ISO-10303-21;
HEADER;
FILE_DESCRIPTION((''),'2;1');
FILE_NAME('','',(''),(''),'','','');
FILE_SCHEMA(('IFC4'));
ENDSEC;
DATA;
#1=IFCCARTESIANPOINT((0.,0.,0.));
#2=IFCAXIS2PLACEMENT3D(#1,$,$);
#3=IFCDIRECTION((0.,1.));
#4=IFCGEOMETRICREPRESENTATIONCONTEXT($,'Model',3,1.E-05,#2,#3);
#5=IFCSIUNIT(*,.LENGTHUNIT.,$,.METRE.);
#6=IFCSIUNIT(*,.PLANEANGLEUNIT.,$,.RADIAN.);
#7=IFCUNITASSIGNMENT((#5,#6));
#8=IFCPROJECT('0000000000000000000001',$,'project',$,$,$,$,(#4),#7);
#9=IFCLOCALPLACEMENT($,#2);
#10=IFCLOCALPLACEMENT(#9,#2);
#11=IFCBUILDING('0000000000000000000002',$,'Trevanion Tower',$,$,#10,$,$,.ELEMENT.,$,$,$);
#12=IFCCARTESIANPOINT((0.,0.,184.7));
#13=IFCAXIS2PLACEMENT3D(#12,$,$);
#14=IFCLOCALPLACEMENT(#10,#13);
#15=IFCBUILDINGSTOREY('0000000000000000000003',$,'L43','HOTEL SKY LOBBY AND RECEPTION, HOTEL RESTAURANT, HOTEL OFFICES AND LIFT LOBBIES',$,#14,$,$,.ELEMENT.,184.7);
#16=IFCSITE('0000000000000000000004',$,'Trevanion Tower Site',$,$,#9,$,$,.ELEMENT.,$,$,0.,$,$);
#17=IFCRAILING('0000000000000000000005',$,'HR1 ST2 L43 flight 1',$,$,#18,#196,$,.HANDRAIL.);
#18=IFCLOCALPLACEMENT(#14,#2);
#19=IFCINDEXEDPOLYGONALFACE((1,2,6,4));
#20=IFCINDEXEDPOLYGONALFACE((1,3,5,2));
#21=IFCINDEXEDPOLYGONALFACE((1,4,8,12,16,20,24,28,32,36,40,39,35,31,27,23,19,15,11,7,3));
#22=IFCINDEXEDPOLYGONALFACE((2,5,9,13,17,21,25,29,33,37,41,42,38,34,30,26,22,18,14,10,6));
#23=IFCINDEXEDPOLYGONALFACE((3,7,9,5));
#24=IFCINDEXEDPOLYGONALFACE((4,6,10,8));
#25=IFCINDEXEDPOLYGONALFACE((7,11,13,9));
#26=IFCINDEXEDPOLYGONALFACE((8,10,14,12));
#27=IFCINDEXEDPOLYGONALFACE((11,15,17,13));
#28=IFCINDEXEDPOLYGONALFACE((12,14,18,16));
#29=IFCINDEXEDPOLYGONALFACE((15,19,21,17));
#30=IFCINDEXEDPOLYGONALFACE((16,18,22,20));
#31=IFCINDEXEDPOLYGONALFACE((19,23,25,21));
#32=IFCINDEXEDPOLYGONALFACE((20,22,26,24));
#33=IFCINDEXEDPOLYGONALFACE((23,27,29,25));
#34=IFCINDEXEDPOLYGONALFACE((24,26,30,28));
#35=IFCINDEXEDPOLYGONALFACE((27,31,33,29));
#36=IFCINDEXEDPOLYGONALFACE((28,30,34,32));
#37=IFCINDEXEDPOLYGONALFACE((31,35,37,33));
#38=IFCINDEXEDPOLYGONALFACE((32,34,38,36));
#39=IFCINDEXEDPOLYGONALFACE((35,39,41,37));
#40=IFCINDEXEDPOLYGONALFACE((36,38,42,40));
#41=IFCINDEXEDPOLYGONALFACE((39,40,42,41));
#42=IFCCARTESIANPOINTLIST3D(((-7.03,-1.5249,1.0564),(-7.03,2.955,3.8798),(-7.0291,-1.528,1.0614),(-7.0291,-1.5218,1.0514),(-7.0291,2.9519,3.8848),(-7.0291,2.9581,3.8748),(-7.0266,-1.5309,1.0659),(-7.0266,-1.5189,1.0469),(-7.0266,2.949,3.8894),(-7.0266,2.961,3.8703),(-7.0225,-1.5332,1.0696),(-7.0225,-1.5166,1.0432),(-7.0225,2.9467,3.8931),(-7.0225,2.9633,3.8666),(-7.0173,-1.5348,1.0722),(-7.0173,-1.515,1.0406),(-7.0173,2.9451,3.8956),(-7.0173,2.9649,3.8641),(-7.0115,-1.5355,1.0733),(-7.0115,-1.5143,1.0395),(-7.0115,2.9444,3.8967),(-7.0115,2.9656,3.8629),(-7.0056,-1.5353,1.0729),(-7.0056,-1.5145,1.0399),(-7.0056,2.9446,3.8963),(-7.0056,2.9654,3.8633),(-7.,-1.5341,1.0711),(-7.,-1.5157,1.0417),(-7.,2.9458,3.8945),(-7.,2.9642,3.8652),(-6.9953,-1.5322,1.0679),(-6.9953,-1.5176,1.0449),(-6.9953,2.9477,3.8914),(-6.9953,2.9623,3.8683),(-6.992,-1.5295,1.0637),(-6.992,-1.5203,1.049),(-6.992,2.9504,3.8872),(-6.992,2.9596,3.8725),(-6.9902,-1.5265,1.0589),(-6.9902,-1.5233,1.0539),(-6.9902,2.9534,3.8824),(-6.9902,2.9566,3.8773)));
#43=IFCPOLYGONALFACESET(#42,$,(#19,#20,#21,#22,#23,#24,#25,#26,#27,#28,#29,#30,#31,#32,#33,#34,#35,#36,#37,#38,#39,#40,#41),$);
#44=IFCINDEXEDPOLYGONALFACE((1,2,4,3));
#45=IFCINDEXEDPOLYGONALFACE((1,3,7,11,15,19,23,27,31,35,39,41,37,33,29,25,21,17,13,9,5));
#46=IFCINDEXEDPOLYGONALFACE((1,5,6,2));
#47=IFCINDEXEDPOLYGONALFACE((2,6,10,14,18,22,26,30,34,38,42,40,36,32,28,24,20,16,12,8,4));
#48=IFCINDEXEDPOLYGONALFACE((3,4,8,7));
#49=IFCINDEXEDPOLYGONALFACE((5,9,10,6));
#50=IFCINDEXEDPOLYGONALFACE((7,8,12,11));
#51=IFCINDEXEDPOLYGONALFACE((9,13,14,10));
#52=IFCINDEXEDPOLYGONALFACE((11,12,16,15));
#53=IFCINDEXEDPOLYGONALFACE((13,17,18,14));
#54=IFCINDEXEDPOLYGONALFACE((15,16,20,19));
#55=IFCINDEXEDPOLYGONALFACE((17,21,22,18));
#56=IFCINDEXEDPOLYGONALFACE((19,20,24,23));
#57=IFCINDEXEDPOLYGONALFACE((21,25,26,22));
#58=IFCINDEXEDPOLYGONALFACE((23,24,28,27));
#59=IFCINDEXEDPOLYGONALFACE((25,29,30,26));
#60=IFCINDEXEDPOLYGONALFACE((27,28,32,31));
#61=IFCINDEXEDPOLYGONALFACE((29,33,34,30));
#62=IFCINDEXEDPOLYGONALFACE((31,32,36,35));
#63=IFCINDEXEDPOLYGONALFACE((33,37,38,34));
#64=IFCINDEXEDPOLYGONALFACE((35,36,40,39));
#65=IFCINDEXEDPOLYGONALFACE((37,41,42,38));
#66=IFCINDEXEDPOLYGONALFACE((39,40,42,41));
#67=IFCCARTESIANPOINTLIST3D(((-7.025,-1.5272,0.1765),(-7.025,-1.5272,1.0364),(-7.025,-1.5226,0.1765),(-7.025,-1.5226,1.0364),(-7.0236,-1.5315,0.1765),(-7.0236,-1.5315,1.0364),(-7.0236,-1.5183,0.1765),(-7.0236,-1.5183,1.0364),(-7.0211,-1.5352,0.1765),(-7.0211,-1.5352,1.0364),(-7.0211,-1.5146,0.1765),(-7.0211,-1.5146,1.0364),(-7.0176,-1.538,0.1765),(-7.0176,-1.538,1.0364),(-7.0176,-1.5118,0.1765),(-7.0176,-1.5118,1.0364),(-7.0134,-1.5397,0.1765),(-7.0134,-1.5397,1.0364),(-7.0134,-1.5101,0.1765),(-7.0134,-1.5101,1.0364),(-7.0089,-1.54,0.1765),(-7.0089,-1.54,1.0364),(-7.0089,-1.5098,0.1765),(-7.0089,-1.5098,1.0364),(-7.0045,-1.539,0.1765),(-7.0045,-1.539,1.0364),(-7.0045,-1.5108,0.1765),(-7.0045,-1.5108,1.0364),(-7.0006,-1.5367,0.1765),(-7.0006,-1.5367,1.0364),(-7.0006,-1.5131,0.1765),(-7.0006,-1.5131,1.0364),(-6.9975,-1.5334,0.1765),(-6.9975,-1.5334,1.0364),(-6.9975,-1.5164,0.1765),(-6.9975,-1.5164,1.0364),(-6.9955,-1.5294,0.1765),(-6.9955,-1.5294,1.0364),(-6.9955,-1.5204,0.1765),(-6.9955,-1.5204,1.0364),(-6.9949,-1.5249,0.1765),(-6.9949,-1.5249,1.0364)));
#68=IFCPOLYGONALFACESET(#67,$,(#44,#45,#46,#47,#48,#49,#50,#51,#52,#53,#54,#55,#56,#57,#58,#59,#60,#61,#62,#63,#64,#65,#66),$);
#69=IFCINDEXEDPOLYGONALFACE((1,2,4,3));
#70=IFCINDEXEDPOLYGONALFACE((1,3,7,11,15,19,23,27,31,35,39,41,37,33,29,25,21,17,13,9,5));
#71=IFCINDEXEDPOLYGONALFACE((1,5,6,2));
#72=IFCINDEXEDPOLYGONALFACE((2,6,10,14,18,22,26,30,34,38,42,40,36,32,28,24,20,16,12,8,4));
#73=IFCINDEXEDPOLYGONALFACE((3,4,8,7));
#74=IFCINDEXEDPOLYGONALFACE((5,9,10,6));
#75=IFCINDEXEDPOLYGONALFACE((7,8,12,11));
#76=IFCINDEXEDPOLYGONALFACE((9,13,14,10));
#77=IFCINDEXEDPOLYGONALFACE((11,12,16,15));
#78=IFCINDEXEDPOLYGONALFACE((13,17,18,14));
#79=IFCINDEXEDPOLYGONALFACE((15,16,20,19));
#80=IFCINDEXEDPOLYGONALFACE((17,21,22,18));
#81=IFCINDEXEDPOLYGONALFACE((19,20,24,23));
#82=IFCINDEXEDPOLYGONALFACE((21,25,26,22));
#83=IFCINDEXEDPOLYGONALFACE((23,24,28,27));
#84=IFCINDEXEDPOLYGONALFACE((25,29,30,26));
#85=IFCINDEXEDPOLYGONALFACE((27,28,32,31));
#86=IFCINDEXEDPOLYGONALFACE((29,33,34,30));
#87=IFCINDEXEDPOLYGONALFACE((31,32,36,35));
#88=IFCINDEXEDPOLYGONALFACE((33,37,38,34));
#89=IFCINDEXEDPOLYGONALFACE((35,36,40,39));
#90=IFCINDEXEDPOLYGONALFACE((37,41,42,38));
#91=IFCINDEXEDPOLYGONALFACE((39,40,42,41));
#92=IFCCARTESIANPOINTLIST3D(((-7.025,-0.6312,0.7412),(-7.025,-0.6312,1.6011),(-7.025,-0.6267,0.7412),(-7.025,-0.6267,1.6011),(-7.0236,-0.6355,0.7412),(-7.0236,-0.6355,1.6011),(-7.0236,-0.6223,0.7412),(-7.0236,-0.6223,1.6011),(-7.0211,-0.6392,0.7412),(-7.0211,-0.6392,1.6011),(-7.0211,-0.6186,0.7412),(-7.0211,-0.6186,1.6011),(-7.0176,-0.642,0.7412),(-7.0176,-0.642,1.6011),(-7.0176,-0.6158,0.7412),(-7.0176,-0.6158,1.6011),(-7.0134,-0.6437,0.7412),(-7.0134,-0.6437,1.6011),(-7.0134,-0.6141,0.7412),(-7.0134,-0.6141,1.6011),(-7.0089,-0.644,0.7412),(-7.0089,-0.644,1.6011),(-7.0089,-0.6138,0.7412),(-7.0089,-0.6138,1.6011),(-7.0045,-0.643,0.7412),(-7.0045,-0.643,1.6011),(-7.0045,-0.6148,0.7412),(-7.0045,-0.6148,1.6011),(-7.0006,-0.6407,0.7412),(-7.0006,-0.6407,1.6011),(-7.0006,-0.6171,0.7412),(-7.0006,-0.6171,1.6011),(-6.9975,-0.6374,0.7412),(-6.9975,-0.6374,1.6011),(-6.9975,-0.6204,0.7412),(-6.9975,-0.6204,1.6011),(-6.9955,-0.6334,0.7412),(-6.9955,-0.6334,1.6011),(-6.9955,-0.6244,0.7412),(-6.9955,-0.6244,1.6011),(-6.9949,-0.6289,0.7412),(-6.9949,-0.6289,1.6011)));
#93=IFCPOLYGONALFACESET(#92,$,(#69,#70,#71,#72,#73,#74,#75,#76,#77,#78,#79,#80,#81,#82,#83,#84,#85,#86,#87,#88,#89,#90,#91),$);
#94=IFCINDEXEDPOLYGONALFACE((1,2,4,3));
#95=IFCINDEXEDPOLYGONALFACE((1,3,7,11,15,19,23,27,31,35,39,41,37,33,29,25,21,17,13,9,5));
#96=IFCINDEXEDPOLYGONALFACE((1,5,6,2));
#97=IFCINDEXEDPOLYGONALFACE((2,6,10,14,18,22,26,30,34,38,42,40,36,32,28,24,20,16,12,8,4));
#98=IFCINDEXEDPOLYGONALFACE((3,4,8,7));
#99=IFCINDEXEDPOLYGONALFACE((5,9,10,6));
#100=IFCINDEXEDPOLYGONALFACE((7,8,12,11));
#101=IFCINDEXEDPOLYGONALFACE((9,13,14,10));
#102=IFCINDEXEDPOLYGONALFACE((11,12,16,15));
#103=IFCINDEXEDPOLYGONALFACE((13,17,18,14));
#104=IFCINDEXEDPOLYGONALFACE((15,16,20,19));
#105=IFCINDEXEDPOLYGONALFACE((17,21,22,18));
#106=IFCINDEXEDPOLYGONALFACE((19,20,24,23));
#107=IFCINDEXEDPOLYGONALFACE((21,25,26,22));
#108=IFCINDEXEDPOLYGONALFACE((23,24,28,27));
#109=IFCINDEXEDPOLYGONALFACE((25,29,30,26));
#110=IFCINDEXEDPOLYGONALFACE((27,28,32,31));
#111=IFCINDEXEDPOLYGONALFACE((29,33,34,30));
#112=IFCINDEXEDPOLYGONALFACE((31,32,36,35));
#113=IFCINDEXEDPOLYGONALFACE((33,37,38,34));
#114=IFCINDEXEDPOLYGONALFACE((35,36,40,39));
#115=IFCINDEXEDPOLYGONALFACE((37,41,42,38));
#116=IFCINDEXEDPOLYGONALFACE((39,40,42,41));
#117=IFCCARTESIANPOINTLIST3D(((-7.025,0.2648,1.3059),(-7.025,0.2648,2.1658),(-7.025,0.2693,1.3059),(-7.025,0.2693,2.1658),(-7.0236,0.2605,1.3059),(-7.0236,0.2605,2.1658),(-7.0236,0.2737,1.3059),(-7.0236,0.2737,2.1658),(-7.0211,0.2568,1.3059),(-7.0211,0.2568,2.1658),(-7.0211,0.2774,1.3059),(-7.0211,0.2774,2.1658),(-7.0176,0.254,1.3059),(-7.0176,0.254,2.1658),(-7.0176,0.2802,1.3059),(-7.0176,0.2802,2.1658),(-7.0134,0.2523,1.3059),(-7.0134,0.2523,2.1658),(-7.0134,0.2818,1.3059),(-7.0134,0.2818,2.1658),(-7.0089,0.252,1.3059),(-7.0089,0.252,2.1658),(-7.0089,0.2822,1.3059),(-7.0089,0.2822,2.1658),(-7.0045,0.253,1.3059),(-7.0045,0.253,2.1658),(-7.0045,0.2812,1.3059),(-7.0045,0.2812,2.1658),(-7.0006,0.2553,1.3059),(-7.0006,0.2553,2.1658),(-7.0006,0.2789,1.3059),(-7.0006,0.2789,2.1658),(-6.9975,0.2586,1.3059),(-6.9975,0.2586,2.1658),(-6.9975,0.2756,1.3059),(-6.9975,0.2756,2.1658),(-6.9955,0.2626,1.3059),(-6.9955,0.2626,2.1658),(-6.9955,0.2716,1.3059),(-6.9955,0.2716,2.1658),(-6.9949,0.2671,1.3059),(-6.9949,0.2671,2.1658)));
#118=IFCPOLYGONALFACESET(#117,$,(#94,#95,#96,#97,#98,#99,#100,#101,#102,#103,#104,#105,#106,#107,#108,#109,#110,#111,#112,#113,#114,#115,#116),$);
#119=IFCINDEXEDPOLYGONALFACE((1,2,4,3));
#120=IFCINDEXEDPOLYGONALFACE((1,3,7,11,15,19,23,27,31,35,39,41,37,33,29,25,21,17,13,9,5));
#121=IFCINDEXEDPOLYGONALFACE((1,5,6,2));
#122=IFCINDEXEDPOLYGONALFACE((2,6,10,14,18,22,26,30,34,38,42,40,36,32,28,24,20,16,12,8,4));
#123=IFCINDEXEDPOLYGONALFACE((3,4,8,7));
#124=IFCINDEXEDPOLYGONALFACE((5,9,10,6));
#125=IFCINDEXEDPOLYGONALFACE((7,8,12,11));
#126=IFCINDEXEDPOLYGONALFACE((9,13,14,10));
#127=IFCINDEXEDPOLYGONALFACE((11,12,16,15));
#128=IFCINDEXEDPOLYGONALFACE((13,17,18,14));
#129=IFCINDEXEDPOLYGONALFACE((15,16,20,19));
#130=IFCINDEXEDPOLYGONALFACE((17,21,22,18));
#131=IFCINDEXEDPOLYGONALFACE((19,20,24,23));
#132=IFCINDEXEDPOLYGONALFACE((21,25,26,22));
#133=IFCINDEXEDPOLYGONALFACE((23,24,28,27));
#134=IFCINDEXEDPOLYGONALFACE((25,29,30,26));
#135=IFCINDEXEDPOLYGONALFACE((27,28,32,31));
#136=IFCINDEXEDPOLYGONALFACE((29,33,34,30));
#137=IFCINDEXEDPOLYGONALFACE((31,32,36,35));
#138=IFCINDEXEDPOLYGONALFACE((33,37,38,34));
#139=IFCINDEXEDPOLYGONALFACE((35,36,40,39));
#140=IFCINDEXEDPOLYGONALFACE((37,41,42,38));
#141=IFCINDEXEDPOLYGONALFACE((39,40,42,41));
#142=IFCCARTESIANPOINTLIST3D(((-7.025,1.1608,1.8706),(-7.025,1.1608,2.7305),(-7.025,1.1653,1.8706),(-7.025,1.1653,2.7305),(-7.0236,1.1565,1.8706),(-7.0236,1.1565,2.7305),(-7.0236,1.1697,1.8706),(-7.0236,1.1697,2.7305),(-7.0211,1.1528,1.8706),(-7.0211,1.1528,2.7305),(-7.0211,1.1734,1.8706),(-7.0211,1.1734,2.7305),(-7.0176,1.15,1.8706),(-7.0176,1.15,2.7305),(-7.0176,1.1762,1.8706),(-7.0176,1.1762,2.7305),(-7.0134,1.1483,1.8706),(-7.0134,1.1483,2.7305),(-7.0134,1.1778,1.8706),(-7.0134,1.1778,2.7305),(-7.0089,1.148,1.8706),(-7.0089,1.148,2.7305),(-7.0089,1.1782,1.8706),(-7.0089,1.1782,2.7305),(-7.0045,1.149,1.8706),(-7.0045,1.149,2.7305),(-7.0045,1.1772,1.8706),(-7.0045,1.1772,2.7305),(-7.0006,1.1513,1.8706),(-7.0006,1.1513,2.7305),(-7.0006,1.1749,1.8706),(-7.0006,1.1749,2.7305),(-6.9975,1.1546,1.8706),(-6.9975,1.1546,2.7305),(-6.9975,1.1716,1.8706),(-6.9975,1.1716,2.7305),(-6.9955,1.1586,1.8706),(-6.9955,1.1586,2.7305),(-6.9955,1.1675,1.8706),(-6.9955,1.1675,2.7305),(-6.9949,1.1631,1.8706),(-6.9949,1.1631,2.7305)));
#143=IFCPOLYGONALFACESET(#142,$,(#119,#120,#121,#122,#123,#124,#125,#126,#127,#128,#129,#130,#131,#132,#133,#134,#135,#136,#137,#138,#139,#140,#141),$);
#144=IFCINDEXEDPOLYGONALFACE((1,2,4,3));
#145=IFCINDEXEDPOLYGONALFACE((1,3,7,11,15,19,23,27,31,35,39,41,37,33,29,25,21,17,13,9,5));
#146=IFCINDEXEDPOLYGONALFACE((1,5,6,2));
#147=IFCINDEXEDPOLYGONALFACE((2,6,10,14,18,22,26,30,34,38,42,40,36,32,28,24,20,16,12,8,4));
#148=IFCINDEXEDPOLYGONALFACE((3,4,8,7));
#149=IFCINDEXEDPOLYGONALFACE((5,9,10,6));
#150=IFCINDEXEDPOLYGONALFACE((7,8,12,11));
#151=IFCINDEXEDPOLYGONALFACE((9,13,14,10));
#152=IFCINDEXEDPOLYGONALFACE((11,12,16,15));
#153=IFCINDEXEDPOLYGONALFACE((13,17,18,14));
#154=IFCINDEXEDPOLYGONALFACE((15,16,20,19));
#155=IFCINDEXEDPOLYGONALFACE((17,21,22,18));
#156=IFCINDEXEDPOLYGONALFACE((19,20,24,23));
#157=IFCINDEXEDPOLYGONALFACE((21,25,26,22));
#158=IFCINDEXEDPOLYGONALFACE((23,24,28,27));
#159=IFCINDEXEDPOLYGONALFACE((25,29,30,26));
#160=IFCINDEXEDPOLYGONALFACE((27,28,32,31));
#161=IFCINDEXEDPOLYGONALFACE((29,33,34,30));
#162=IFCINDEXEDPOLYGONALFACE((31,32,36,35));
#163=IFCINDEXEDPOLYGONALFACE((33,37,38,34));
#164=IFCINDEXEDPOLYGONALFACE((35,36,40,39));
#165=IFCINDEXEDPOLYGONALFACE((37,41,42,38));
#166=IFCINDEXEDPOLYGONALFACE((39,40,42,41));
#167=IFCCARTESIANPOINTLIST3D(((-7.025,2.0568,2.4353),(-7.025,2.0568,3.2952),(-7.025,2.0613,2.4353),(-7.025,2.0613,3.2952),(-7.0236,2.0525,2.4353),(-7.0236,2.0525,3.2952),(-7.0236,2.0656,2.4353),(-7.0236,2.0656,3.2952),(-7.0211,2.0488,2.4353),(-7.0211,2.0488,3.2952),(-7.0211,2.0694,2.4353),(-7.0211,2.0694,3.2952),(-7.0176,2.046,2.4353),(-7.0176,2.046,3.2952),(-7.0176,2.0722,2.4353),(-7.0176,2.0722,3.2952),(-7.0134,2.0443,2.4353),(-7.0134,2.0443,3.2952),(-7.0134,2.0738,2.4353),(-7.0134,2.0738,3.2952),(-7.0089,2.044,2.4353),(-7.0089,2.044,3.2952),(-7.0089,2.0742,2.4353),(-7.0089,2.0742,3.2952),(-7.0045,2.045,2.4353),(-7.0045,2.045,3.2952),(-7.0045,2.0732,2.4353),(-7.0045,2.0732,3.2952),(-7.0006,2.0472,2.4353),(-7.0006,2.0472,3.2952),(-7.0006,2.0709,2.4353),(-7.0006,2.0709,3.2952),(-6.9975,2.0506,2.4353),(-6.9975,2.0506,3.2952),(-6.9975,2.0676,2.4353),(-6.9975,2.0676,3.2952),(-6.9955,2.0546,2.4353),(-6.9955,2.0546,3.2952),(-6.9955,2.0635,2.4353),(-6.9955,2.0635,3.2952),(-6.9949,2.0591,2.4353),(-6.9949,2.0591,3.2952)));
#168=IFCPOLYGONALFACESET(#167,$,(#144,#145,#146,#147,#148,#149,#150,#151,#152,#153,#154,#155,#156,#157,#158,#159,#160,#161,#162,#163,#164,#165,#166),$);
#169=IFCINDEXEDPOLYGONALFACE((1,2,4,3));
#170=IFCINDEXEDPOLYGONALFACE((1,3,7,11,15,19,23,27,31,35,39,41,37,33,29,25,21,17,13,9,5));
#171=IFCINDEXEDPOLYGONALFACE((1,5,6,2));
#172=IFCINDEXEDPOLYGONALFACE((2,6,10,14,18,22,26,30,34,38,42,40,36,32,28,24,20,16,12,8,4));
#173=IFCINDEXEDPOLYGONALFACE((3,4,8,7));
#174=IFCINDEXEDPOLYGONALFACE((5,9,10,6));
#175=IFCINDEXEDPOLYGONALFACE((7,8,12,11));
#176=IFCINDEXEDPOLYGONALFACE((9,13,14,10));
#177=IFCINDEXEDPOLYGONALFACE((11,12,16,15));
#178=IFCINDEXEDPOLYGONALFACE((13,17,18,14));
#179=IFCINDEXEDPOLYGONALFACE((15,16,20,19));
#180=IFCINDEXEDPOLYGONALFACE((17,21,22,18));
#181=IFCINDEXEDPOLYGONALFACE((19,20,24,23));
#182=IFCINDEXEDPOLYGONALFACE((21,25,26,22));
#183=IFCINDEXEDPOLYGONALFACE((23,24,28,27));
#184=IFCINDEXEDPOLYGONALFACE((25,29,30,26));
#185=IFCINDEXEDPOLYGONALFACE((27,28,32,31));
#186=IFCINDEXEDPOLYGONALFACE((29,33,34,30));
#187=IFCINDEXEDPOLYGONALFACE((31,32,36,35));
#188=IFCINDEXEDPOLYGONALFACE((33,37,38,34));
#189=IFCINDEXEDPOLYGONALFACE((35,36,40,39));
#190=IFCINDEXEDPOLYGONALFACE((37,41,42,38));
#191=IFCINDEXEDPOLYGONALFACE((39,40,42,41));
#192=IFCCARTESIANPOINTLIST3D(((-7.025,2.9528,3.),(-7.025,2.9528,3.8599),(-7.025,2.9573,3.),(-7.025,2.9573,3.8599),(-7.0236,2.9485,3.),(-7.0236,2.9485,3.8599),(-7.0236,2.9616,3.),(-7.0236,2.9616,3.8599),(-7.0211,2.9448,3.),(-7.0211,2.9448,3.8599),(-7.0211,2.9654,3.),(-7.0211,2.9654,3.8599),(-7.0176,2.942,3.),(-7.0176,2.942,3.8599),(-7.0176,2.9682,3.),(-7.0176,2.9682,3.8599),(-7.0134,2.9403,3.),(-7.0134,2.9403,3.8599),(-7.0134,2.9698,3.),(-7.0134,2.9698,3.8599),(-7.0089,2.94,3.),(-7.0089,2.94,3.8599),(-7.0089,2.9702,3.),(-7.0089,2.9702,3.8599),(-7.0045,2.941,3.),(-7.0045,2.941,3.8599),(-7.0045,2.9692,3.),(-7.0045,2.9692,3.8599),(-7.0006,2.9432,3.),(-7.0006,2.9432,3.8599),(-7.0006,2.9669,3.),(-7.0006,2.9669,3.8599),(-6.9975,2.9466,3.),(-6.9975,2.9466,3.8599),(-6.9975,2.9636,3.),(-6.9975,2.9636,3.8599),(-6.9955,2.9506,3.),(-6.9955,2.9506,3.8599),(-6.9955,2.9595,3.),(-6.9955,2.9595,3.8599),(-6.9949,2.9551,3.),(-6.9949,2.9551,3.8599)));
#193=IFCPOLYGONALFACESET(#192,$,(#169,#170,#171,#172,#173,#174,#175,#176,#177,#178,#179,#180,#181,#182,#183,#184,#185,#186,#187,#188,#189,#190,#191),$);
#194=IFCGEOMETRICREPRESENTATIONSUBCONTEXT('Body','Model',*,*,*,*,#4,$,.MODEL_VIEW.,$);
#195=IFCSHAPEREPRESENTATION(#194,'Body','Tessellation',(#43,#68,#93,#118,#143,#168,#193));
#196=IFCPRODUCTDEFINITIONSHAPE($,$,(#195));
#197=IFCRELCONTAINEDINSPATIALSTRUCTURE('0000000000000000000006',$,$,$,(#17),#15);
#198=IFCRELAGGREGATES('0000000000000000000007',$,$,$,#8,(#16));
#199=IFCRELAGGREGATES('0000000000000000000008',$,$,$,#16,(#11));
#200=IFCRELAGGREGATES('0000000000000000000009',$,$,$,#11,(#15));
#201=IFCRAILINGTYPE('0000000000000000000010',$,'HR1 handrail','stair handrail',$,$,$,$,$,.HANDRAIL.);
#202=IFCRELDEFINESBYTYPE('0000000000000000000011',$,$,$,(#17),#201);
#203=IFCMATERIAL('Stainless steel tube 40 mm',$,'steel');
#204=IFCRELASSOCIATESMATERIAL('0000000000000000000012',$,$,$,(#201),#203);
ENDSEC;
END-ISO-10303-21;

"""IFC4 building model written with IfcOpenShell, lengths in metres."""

from ifc_helpers import new_model, si_unit, direction, frame, origin, origin_2d, place, context, subcontext, project, spatial, circle, extrude, material, type_object, element, save


model = new_model("IFC4")

# Units and contexts
model_context = context("Model", 3, precision=1e-05, world=origin(), true_north=direction((0.0, 1.0)))
body_context = subcontext(model_context, "Body", "Model", "MODEL_VIEW")
ifc_project = project(units=[si_unit("LENGTHUNIT", "METRE"), si_unit("PLANEANGLEUNIT", "RADIAN")], contexts=[model_context])

# Site, building, storey
site_placement = place(None, origin())
site = spatial("IfcSite", under=ifc_project, at=site_placement, Name="Trevanion Tower Site", CompositionType="ELEMENT", RefElevation=0.0)
building_placement = place(site_placement, origin())
building = spatial("IfcBuilding", under=site, at=building_placement, Name="Trevanion Tower", CompositionType="ELEMENT")
storey_placement = place(building_placement, frame((0.0, 0.0, 184.7)))
storey = spatial("IfcBuildingStorey", under=building, at=storey_placement, Name="L43", Description="HOTEL SKY LOBBY AND RECEPTION, HOTEL RESTAURANT, HOTEL OFFICES AND LIFT LOBBIES", CompositionType="ELEMENT", Elevation=184.7)

# Railing
ifc_material_1 = material(Name="Stainless steel tube 40 mm", Category="steel")
railing_type = type_object("IfcRailingType", Name="HR1 handrail", Description="stair handrail", PredefinedType="HANDRAIL", material=ifc_material_1)
for number, where, name in (
    (1, (-7.01, -1.5249, 0.1765), "HR1 ST2 L43 flight 1"),
):
    element("IfcRailing", number, at=place(storey_placement, frame(where)), inside=storey, type_object=railing_type, Name=name, PredefinedType="HANDRAIL", context=body_context, shape_type="SweptSolid", body=[
        extrude(circle(Radius=0.02, at=origin_2d()), frame((0.0, 0.0, 0.8799), z_axis=(0.0, 0.845998, 0.533186), x_axis=(-1.0, 0.0, 0.0)), (0.0, 0.0, 1.0), 5.2954),
        extrude(circle(Radius=0.0151, at=origin_2d()), origin(), (0.0, 0.0, 1.0), 0.8599),
        extrude(circle(Radius=0.0151, at=origin_2d()), frame((0.0, 0.896, 0.5647)), (0.0, 0.0, 1.0), 0.8599),
        extrude(circle(Radius=0.0151, at=origin_2d()), frame((0.0, 1.792, 1.1294)), (0.0, 0.0, 1.0), 0.8599),
        extrude(circle(Radius=0.0151, at=origin_2d()), frame((0.0, 2.688, 1.6941)), (0.0, 0.0, 1.0), 0.8599),
        extrude(circle(Radius=0.0151, at=origin_2d()), frame((0.0, 3.584, 2.2588)), (0.0, 0.0, 1.0), 0.8599),
        extrude(circle(Radius=0.0151, at=origin_2d()), frame((0.0, 4.48, 2.8235)), (0.0, 0.0, 1.0), 0.8599),
    ])

save(model, "model.ifc")
